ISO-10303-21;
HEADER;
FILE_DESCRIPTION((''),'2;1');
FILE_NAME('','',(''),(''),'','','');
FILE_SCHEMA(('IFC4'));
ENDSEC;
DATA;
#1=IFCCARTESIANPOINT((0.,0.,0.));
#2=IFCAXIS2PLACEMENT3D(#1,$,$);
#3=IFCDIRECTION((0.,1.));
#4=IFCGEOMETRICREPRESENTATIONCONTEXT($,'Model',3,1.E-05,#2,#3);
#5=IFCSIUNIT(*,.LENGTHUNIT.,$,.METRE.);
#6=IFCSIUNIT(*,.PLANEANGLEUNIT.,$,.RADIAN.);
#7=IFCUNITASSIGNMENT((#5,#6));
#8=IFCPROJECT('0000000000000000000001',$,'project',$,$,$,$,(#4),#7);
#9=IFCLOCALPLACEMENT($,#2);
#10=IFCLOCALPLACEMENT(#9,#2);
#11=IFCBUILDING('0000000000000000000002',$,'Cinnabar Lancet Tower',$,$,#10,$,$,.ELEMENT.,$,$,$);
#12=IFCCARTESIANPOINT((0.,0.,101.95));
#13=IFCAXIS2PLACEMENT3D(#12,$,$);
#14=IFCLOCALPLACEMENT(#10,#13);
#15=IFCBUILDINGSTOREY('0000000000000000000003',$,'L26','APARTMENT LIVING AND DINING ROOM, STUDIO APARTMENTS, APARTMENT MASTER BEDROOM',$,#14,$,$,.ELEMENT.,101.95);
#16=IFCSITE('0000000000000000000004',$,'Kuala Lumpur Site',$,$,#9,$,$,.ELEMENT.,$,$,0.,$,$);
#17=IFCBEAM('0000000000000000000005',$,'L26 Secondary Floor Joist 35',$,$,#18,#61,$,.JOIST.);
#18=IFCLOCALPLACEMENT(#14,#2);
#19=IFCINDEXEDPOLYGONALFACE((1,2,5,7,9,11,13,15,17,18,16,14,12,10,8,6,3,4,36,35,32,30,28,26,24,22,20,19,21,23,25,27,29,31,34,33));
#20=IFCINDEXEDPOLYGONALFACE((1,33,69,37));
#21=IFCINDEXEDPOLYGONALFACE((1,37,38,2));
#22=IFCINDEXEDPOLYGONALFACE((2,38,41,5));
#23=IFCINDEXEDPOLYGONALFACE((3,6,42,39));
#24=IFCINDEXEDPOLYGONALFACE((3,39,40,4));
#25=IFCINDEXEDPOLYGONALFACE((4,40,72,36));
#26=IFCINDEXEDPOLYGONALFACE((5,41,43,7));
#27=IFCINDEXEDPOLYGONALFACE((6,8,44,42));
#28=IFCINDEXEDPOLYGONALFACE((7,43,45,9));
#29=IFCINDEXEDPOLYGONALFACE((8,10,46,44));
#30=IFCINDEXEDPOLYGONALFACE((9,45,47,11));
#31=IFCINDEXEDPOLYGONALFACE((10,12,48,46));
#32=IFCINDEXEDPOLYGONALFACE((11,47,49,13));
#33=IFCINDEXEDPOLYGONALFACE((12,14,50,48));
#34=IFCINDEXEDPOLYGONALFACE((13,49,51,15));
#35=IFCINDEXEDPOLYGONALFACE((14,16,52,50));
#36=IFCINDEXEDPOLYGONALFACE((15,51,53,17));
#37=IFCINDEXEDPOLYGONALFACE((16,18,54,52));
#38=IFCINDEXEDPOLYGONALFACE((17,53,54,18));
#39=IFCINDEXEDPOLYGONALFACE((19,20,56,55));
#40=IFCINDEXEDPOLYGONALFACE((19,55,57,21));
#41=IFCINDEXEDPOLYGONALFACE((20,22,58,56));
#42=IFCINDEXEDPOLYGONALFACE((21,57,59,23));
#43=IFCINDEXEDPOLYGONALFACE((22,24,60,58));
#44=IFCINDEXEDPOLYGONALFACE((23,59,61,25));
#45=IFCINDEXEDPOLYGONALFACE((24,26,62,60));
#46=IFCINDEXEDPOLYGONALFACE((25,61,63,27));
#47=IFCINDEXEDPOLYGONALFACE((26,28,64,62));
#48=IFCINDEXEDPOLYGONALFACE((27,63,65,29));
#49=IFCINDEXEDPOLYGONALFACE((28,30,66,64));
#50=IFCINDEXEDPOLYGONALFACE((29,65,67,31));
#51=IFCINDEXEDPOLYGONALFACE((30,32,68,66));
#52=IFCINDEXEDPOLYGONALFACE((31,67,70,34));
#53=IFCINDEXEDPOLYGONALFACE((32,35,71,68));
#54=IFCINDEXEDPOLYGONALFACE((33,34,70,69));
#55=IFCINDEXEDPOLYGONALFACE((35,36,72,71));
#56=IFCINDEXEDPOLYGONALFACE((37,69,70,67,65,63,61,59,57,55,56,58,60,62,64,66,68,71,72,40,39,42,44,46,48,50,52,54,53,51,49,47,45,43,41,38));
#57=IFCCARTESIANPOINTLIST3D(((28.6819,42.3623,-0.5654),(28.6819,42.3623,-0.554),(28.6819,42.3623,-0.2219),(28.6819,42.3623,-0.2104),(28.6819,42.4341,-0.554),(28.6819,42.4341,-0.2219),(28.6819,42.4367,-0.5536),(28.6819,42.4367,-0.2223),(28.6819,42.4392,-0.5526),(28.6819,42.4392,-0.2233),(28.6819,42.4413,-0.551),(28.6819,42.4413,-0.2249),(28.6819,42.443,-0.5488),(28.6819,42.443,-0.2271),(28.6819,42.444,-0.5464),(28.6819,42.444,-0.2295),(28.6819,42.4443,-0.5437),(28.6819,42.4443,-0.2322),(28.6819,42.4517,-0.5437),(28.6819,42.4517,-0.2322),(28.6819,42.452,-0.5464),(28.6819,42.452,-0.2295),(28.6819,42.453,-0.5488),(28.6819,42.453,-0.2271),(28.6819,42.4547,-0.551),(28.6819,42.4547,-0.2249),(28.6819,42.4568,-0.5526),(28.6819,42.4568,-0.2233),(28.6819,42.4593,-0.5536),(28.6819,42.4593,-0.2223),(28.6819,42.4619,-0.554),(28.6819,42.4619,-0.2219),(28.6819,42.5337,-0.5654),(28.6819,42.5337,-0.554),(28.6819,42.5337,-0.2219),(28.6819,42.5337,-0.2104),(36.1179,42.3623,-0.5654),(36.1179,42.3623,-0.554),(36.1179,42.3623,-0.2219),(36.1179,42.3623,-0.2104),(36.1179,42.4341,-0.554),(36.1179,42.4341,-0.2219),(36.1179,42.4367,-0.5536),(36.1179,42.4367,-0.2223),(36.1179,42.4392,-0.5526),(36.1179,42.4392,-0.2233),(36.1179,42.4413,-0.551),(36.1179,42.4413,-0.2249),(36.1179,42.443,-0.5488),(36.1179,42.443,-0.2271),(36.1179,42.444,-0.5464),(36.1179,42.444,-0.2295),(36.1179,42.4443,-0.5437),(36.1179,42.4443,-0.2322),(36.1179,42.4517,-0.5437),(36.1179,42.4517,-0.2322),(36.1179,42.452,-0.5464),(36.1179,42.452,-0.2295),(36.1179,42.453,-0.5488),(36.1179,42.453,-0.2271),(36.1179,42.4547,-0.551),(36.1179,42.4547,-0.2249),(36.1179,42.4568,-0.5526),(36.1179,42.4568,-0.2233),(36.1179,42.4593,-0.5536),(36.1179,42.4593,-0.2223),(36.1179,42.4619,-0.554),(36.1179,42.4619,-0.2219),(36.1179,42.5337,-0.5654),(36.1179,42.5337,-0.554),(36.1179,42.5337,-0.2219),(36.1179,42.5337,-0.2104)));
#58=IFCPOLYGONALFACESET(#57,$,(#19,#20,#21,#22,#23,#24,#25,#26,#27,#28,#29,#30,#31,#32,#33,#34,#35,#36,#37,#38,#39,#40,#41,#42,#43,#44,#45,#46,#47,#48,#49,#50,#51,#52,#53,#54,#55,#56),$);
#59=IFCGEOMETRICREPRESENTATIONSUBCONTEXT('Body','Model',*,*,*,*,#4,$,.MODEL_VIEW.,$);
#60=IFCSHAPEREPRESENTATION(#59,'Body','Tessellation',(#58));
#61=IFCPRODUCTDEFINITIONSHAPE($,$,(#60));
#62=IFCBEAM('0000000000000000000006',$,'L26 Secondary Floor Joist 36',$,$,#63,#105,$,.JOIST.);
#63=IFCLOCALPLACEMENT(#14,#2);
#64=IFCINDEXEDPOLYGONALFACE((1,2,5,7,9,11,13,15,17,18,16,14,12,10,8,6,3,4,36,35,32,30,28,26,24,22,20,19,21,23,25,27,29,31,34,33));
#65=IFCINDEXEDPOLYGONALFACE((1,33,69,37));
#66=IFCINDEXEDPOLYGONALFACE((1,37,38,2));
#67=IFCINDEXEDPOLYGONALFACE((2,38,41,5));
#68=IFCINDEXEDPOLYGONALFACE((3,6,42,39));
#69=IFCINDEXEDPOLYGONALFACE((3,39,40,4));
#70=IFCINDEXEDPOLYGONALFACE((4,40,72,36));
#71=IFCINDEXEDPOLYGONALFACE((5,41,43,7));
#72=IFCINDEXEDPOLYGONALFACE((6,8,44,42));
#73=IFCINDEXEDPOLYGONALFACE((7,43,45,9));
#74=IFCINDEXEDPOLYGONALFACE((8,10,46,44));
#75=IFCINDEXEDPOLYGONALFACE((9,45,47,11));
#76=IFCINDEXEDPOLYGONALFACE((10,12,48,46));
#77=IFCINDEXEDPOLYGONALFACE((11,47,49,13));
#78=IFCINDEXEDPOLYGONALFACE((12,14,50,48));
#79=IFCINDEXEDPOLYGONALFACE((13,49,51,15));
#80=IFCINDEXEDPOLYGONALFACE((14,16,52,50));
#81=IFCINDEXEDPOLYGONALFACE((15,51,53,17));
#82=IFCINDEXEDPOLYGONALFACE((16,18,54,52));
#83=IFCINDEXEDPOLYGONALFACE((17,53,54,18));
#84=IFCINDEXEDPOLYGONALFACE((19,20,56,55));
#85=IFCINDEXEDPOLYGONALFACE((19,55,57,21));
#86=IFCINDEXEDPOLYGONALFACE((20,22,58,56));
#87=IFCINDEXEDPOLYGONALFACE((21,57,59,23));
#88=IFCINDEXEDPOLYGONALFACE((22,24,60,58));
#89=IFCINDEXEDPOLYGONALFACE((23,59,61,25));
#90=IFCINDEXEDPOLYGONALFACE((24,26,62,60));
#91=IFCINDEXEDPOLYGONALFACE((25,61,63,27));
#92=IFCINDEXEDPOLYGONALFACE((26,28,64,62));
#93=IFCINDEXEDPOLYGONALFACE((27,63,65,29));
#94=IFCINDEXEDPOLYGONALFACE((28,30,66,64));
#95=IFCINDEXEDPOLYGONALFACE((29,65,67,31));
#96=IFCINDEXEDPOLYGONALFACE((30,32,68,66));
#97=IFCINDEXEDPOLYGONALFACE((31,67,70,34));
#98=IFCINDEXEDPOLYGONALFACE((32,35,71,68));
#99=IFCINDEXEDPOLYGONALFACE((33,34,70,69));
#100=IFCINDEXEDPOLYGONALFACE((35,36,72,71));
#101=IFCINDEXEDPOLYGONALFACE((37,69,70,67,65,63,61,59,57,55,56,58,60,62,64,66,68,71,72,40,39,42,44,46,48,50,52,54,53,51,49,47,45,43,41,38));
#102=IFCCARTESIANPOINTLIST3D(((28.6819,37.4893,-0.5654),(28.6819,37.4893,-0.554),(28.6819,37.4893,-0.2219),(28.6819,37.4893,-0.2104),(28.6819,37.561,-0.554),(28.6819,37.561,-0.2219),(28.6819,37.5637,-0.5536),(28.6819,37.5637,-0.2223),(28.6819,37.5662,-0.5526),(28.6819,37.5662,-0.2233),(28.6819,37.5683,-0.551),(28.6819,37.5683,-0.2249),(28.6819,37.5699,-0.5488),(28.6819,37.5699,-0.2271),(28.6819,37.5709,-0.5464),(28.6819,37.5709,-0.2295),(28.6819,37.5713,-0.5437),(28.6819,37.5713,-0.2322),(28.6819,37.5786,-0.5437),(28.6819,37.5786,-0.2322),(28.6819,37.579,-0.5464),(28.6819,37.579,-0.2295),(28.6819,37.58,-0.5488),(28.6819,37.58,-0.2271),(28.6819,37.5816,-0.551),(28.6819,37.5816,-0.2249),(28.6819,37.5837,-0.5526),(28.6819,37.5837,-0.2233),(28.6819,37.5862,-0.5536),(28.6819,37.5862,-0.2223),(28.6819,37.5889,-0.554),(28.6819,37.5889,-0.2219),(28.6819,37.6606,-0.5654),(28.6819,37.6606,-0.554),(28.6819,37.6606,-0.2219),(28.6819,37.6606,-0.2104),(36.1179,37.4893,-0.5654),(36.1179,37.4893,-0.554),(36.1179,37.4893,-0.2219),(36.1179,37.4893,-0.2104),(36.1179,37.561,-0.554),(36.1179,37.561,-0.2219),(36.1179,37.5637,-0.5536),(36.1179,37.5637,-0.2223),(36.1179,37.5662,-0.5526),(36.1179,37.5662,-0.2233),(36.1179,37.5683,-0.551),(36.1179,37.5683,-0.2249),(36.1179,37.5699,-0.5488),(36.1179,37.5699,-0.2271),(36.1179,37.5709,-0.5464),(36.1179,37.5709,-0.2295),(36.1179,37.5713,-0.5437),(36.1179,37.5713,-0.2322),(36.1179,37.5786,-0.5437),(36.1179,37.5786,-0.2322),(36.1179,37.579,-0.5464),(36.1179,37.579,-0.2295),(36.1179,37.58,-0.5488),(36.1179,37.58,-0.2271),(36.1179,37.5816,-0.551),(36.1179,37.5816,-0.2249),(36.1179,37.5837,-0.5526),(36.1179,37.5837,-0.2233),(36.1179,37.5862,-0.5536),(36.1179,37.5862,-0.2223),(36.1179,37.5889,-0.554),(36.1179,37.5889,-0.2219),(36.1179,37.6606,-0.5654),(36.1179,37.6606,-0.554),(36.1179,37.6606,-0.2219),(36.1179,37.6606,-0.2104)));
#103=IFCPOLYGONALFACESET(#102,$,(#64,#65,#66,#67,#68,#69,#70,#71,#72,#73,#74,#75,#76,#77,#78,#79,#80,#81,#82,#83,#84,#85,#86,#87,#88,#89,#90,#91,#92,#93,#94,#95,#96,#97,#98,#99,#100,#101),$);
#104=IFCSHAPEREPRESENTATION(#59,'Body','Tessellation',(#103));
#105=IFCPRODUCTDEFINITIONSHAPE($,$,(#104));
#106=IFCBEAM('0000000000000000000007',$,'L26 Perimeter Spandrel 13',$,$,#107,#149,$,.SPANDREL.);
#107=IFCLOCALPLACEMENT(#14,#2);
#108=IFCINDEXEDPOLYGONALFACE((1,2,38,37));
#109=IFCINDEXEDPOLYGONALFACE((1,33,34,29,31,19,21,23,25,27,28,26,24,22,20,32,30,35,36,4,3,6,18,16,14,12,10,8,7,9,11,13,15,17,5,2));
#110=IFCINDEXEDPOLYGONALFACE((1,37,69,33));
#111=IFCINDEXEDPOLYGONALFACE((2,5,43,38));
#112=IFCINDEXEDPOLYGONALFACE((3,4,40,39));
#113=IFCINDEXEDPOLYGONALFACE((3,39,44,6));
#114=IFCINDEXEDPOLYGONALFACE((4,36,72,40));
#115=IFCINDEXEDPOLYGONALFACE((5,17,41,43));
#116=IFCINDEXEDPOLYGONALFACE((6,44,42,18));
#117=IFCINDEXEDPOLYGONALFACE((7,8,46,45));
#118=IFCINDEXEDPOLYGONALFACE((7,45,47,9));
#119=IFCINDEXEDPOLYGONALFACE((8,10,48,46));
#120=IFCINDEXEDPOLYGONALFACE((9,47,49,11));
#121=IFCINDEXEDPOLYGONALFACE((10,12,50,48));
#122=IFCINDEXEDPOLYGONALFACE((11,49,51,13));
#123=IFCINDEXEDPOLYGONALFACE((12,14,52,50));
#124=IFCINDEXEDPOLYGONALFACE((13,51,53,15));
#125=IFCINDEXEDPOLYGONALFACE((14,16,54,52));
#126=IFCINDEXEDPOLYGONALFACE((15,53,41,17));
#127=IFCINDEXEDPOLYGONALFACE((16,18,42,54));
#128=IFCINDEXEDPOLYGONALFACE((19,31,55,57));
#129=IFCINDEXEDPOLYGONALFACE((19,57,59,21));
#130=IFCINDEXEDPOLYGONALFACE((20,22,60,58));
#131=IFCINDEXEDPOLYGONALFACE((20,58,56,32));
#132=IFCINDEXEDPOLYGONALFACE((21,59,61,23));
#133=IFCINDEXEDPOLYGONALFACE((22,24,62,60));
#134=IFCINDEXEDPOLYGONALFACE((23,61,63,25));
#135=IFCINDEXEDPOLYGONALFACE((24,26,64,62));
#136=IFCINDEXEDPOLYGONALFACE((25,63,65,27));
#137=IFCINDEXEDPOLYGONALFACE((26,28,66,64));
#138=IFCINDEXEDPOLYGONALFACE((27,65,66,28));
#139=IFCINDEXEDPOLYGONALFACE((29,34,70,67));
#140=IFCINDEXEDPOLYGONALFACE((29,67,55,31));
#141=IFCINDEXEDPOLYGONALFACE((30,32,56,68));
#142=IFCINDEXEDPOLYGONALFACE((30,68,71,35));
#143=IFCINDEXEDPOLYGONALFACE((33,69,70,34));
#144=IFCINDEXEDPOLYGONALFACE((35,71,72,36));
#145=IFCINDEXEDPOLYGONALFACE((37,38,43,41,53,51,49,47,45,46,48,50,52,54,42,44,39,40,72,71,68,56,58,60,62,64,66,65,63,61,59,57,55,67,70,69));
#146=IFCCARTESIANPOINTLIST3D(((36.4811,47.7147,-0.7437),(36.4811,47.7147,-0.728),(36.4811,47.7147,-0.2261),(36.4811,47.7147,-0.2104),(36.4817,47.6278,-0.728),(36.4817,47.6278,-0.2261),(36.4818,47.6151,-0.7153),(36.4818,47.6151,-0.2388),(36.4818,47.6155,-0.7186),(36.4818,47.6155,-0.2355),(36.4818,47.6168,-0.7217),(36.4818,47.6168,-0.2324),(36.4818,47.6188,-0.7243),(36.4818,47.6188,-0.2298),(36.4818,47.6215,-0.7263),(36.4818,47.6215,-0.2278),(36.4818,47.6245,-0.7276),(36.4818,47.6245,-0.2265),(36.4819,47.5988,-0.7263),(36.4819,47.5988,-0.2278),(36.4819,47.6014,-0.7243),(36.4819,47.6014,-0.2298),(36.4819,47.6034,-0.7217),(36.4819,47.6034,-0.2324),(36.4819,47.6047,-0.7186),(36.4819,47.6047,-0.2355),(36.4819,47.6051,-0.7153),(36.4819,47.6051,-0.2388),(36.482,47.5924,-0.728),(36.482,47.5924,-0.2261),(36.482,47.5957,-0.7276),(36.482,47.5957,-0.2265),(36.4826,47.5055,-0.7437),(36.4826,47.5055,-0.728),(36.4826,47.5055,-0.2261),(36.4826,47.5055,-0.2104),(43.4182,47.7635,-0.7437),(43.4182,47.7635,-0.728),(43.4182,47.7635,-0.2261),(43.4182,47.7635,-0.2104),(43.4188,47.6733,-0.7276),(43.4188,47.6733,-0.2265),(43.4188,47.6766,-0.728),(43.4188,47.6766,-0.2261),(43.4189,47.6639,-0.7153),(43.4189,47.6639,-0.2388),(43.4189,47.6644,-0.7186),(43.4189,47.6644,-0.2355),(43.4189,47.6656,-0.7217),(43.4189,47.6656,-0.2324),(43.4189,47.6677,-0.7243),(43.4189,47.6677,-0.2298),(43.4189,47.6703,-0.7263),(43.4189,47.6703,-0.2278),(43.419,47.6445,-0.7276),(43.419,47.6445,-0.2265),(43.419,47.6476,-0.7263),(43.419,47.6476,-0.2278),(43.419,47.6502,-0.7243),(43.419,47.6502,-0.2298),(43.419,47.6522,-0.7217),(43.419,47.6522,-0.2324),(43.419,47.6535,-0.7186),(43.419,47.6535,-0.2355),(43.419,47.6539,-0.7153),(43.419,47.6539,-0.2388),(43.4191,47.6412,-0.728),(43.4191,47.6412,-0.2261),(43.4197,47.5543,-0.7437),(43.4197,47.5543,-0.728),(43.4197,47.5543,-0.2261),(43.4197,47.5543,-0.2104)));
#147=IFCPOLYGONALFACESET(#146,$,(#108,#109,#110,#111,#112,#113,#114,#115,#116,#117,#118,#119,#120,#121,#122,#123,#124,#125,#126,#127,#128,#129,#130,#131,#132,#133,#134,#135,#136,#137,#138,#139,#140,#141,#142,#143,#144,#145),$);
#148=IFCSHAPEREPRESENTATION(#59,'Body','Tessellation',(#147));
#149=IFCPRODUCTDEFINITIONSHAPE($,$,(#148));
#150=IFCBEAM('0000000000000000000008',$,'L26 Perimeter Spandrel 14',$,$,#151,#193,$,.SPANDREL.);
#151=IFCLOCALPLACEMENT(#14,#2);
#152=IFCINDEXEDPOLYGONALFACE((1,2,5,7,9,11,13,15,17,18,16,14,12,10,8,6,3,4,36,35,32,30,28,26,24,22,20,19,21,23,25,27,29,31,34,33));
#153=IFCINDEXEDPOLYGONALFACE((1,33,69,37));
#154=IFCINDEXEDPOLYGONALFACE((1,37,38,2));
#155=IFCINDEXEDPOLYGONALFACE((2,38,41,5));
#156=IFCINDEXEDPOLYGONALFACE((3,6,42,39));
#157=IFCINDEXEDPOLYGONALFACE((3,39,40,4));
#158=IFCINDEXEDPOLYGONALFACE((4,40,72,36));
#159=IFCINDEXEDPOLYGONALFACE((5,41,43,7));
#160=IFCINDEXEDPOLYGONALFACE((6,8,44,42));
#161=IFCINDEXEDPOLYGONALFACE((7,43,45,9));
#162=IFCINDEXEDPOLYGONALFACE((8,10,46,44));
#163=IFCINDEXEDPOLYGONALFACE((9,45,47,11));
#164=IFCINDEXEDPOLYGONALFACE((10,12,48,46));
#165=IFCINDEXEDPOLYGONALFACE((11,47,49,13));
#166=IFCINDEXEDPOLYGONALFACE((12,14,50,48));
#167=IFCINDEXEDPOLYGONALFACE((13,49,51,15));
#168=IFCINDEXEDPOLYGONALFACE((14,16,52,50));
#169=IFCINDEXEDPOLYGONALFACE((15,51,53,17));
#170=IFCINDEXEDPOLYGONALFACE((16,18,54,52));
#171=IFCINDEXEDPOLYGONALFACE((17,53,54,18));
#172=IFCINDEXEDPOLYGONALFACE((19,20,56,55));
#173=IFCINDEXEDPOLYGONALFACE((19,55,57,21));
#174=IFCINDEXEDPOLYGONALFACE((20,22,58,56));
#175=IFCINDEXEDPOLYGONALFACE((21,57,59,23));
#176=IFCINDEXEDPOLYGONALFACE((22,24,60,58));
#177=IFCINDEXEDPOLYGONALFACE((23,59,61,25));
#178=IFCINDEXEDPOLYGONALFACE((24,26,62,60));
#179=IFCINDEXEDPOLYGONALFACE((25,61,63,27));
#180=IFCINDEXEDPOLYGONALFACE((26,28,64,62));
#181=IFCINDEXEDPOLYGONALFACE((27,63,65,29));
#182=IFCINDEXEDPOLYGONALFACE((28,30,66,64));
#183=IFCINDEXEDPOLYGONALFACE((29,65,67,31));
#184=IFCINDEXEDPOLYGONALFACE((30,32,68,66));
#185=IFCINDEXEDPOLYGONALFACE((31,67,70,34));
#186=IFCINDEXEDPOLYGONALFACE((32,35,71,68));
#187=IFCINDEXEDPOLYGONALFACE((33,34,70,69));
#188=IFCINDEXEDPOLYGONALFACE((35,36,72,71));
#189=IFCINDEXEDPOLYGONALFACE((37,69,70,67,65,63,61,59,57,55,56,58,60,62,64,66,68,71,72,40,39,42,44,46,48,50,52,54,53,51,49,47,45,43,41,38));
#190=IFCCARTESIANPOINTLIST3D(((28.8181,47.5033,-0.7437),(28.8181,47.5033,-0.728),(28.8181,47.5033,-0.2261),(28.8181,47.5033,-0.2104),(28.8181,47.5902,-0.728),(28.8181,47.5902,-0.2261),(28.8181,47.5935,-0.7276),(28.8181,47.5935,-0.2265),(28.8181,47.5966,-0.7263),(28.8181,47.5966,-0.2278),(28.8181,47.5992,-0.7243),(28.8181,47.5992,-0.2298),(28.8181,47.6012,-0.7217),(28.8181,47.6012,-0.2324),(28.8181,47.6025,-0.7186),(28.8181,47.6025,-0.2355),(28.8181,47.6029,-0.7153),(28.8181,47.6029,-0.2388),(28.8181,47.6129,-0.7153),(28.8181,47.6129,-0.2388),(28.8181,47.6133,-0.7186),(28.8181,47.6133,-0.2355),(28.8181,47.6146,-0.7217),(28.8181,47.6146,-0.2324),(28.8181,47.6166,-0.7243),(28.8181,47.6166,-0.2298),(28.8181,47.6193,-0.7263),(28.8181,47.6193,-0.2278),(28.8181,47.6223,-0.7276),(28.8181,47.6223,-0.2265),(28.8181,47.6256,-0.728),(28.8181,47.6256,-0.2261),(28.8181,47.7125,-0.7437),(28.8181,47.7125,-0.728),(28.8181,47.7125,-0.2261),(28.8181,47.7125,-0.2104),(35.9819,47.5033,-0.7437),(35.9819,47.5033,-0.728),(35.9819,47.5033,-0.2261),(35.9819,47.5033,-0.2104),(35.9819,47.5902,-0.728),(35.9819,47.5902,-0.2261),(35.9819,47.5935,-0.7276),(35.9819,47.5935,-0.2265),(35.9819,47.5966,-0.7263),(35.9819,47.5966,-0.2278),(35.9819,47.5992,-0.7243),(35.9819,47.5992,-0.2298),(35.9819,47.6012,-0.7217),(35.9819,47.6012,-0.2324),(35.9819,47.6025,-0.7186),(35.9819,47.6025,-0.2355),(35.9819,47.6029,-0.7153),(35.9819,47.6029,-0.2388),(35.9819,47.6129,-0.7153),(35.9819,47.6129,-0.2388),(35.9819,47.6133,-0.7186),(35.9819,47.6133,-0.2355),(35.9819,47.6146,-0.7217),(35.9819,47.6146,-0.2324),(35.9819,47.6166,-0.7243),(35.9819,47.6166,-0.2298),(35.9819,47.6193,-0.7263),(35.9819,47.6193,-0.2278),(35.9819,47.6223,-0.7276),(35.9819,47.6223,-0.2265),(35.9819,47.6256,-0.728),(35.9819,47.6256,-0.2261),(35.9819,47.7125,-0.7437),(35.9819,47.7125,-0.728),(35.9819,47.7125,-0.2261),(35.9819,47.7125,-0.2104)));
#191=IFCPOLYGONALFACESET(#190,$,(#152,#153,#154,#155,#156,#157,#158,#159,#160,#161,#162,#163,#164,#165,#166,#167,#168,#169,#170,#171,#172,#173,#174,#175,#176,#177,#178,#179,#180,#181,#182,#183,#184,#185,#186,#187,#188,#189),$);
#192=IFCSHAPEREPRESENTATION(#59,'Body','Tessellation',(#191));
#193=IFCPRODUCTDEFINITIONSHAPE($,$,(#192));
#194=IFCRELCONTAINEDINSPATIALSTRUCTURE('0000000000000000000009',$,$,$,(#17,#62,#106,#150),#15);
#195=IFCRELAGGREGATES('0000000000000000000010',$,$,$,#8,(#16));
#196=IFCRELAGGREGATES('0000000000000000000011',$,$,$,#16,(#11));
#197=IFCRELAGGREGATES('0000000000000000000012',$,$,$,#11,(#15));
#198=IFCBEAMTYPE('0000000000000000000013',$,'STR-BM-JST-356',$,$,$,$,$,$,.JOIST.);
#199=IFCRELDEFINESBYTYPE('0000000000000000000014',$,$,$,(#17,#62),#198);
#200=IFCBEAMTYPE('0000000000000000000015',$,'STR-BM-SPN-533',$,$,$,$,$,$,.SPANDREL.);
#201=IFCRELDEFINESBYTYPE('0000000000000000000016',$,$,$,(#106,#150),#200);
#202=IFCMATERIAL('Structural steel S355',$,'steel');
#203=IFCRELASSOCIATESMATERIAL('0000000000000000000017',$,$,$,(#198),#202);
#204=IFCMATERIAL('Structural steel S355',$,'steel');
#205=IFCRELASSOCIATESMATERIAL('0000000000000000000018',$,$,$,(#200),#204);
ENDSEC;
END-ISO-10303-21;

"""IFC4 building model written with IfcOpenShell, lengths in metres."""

from ifc_helpers import new_model, si_unit, direction, frame, origin, origin_2d, place, context, subcontext, project, spatial, i_section, extrude, material, material_profile, profile_set, type_object, element, save


model = new_model("IFC4")

# Units and contexts
model_context = context("Model", 3, precision=1e-05, world=origin(), true_north=direction((0.0, 1.0)))
body_context = subcontext(model_context, "Body", "Model", "MODEL_VIEW")
ifc_project = project(units=[si_unit("LENGTHUNIT", "METRE"), si_unit("PLANEANGLEUNIT", "RADIAN")], contexts=[model_context])

# Site, building, storey
site_placement = place(None, origin())
site = spatial("IfcSite", under=ifc_project, at=site_placement, Name="Kuala Lumpur Site", CompositionType="ELEMENT", RefElevation=0.0)
building_placement = place(site_placement, origin())
building = spatial("IfcBuilding", under=site, at=building_placement, Name="Cinnabar Lancet Tower", CompositionType="ELEMENT")
storey_placement = place(building_placement, frame((0.0, 0.0, 101.95)))
storey = spatial("IfcBuildingStorey", under=building, at=storey_placement, Name="L26", Description="APARTMENT LIVING AND DINING ROOM, STUDIO APARTMENTS, APARTMENT MASTER BEDROOM", CompositionType="ELEMENT", Elevation=101.95)

# Beams
ifc_material_1 = material(Name="Structural steel S355", Category="steel")
ifc_material_profile_1 = material_profile(ifc_material_1, i_section(OverallWidth=0.1714, OverallDepth=0.355, WebThickness=0.0073, FlangeThickness=0.0115, FilletRadius=0.0103, at=origin_2d()), Name="UKB 356x171x51")
ifc_profile_set_1 = profile_set([ifc_material_profile_1], Name="Structural steel S355")
beam_type_1 = type_object("IfcBeamType", Name="STR-BM-JST-356", PredefinedType="JOIST", material=ifc_profile_set_1)
for number, where, z_axis, x_axis, name in (
    (1, (36.1179, 42.448, -0.3879), (-1.0, 0.0, 0.0), (0.0, -1.0, 0.0), "L26 Secondary Floor Joist 35"),
    (2, (36.1179, 37.575, -0.3879), (-1.0, 0.0, 0.0), (0.0, -1.0, 0.0), "L26 Secondary Floor Joist 36"),
):
    element("IfcBeam", number, at=place(storey_placement, frame(where, z_axis=z_axis, x_axis=x_axis)), inside=storey, type_object=beam_type_1, Name=name, PredefinedType="JOIST", context=body_context, shape_type="SweptSolid", body=[
        extrude(i_section(OverallWidth=0.1714, OverallDepth=0.355, WebThickness=0.0073, FlangeThickness=0.0115, FilletRadius=0.0103, at=origin_2d()), origin(), (0.0, 0.0, 1.0), 7.436),
    ])
ifc_material_2 = material(Name="Structural steel S355", Category="steel")
ifc_material_profile_2 = material_profile(ifc_material_2, i_section(OverallWidth=0.2092, OverallDepth=0.5332, WebThickness=0.01, FlangeThickness=0.0156, FilletRadius=0.0127, at=origin_2d()), Name="UKB 533x210x92")
ifc_profile_set_2 = profile_set([ifc_material_profile_2], Name="Structural steel S355")
beam_type_2 = type_object("IfcBeamType", Name="STR-BM-SPN-533", PredefinedType="SPANDREL", material=ifc_profile_set_2)
beam_1_placement = place(storey_placement, frame((43.4189, 47.6589, -0.4771), z_axis=(-0.999975, -0.007039, 0.0), x_axis=(0.007039, -0.999975, 0.0)))
element("IfcBeam", 3, at=beam_1_placement, inside=storey, type_object=beam_type_2, Name="L26 Perimeter Spandrel 13", PredefinedType="SPANDREL", context=body_context, shape_type="SweptSolid", body=[
    extrude(i_section(OverallWidth=0.2092, OverallDepth=0.5332, WebThickness=0.01, FlangeThickness=0.0156, FilletRadius=0.0127, at=origin_2d()), origin(), (0.0, 0.0, 1.0), 6.9373),
])
beam_2_placement = place(storey_placement, frame((35.9819, 47.6079, -0.4771), z_axis=(-1.0, 0.0, 0.0), x_axis=(0.0, -1.0, 0.0)))
element("IfcBeam", 4, at=beam_2_placement, inside=storey, type_object=beam_type_2, Name="L26 Perimeter Spandrel 14", PredefinedType="SPANDREL", context=body_context, shape_type="SweptSolid", body=[
    extrude(i_section(OverallWidth=0.2092, OverallDepth=0.5332, WebThickness=0.01, FlangeThickness=0.0156, FilletRadius=0.0127, at=origin_2d()), origin(), (0.0, 0.0, 1.0), 7.1638),
])

save(model, "model.ifc")
